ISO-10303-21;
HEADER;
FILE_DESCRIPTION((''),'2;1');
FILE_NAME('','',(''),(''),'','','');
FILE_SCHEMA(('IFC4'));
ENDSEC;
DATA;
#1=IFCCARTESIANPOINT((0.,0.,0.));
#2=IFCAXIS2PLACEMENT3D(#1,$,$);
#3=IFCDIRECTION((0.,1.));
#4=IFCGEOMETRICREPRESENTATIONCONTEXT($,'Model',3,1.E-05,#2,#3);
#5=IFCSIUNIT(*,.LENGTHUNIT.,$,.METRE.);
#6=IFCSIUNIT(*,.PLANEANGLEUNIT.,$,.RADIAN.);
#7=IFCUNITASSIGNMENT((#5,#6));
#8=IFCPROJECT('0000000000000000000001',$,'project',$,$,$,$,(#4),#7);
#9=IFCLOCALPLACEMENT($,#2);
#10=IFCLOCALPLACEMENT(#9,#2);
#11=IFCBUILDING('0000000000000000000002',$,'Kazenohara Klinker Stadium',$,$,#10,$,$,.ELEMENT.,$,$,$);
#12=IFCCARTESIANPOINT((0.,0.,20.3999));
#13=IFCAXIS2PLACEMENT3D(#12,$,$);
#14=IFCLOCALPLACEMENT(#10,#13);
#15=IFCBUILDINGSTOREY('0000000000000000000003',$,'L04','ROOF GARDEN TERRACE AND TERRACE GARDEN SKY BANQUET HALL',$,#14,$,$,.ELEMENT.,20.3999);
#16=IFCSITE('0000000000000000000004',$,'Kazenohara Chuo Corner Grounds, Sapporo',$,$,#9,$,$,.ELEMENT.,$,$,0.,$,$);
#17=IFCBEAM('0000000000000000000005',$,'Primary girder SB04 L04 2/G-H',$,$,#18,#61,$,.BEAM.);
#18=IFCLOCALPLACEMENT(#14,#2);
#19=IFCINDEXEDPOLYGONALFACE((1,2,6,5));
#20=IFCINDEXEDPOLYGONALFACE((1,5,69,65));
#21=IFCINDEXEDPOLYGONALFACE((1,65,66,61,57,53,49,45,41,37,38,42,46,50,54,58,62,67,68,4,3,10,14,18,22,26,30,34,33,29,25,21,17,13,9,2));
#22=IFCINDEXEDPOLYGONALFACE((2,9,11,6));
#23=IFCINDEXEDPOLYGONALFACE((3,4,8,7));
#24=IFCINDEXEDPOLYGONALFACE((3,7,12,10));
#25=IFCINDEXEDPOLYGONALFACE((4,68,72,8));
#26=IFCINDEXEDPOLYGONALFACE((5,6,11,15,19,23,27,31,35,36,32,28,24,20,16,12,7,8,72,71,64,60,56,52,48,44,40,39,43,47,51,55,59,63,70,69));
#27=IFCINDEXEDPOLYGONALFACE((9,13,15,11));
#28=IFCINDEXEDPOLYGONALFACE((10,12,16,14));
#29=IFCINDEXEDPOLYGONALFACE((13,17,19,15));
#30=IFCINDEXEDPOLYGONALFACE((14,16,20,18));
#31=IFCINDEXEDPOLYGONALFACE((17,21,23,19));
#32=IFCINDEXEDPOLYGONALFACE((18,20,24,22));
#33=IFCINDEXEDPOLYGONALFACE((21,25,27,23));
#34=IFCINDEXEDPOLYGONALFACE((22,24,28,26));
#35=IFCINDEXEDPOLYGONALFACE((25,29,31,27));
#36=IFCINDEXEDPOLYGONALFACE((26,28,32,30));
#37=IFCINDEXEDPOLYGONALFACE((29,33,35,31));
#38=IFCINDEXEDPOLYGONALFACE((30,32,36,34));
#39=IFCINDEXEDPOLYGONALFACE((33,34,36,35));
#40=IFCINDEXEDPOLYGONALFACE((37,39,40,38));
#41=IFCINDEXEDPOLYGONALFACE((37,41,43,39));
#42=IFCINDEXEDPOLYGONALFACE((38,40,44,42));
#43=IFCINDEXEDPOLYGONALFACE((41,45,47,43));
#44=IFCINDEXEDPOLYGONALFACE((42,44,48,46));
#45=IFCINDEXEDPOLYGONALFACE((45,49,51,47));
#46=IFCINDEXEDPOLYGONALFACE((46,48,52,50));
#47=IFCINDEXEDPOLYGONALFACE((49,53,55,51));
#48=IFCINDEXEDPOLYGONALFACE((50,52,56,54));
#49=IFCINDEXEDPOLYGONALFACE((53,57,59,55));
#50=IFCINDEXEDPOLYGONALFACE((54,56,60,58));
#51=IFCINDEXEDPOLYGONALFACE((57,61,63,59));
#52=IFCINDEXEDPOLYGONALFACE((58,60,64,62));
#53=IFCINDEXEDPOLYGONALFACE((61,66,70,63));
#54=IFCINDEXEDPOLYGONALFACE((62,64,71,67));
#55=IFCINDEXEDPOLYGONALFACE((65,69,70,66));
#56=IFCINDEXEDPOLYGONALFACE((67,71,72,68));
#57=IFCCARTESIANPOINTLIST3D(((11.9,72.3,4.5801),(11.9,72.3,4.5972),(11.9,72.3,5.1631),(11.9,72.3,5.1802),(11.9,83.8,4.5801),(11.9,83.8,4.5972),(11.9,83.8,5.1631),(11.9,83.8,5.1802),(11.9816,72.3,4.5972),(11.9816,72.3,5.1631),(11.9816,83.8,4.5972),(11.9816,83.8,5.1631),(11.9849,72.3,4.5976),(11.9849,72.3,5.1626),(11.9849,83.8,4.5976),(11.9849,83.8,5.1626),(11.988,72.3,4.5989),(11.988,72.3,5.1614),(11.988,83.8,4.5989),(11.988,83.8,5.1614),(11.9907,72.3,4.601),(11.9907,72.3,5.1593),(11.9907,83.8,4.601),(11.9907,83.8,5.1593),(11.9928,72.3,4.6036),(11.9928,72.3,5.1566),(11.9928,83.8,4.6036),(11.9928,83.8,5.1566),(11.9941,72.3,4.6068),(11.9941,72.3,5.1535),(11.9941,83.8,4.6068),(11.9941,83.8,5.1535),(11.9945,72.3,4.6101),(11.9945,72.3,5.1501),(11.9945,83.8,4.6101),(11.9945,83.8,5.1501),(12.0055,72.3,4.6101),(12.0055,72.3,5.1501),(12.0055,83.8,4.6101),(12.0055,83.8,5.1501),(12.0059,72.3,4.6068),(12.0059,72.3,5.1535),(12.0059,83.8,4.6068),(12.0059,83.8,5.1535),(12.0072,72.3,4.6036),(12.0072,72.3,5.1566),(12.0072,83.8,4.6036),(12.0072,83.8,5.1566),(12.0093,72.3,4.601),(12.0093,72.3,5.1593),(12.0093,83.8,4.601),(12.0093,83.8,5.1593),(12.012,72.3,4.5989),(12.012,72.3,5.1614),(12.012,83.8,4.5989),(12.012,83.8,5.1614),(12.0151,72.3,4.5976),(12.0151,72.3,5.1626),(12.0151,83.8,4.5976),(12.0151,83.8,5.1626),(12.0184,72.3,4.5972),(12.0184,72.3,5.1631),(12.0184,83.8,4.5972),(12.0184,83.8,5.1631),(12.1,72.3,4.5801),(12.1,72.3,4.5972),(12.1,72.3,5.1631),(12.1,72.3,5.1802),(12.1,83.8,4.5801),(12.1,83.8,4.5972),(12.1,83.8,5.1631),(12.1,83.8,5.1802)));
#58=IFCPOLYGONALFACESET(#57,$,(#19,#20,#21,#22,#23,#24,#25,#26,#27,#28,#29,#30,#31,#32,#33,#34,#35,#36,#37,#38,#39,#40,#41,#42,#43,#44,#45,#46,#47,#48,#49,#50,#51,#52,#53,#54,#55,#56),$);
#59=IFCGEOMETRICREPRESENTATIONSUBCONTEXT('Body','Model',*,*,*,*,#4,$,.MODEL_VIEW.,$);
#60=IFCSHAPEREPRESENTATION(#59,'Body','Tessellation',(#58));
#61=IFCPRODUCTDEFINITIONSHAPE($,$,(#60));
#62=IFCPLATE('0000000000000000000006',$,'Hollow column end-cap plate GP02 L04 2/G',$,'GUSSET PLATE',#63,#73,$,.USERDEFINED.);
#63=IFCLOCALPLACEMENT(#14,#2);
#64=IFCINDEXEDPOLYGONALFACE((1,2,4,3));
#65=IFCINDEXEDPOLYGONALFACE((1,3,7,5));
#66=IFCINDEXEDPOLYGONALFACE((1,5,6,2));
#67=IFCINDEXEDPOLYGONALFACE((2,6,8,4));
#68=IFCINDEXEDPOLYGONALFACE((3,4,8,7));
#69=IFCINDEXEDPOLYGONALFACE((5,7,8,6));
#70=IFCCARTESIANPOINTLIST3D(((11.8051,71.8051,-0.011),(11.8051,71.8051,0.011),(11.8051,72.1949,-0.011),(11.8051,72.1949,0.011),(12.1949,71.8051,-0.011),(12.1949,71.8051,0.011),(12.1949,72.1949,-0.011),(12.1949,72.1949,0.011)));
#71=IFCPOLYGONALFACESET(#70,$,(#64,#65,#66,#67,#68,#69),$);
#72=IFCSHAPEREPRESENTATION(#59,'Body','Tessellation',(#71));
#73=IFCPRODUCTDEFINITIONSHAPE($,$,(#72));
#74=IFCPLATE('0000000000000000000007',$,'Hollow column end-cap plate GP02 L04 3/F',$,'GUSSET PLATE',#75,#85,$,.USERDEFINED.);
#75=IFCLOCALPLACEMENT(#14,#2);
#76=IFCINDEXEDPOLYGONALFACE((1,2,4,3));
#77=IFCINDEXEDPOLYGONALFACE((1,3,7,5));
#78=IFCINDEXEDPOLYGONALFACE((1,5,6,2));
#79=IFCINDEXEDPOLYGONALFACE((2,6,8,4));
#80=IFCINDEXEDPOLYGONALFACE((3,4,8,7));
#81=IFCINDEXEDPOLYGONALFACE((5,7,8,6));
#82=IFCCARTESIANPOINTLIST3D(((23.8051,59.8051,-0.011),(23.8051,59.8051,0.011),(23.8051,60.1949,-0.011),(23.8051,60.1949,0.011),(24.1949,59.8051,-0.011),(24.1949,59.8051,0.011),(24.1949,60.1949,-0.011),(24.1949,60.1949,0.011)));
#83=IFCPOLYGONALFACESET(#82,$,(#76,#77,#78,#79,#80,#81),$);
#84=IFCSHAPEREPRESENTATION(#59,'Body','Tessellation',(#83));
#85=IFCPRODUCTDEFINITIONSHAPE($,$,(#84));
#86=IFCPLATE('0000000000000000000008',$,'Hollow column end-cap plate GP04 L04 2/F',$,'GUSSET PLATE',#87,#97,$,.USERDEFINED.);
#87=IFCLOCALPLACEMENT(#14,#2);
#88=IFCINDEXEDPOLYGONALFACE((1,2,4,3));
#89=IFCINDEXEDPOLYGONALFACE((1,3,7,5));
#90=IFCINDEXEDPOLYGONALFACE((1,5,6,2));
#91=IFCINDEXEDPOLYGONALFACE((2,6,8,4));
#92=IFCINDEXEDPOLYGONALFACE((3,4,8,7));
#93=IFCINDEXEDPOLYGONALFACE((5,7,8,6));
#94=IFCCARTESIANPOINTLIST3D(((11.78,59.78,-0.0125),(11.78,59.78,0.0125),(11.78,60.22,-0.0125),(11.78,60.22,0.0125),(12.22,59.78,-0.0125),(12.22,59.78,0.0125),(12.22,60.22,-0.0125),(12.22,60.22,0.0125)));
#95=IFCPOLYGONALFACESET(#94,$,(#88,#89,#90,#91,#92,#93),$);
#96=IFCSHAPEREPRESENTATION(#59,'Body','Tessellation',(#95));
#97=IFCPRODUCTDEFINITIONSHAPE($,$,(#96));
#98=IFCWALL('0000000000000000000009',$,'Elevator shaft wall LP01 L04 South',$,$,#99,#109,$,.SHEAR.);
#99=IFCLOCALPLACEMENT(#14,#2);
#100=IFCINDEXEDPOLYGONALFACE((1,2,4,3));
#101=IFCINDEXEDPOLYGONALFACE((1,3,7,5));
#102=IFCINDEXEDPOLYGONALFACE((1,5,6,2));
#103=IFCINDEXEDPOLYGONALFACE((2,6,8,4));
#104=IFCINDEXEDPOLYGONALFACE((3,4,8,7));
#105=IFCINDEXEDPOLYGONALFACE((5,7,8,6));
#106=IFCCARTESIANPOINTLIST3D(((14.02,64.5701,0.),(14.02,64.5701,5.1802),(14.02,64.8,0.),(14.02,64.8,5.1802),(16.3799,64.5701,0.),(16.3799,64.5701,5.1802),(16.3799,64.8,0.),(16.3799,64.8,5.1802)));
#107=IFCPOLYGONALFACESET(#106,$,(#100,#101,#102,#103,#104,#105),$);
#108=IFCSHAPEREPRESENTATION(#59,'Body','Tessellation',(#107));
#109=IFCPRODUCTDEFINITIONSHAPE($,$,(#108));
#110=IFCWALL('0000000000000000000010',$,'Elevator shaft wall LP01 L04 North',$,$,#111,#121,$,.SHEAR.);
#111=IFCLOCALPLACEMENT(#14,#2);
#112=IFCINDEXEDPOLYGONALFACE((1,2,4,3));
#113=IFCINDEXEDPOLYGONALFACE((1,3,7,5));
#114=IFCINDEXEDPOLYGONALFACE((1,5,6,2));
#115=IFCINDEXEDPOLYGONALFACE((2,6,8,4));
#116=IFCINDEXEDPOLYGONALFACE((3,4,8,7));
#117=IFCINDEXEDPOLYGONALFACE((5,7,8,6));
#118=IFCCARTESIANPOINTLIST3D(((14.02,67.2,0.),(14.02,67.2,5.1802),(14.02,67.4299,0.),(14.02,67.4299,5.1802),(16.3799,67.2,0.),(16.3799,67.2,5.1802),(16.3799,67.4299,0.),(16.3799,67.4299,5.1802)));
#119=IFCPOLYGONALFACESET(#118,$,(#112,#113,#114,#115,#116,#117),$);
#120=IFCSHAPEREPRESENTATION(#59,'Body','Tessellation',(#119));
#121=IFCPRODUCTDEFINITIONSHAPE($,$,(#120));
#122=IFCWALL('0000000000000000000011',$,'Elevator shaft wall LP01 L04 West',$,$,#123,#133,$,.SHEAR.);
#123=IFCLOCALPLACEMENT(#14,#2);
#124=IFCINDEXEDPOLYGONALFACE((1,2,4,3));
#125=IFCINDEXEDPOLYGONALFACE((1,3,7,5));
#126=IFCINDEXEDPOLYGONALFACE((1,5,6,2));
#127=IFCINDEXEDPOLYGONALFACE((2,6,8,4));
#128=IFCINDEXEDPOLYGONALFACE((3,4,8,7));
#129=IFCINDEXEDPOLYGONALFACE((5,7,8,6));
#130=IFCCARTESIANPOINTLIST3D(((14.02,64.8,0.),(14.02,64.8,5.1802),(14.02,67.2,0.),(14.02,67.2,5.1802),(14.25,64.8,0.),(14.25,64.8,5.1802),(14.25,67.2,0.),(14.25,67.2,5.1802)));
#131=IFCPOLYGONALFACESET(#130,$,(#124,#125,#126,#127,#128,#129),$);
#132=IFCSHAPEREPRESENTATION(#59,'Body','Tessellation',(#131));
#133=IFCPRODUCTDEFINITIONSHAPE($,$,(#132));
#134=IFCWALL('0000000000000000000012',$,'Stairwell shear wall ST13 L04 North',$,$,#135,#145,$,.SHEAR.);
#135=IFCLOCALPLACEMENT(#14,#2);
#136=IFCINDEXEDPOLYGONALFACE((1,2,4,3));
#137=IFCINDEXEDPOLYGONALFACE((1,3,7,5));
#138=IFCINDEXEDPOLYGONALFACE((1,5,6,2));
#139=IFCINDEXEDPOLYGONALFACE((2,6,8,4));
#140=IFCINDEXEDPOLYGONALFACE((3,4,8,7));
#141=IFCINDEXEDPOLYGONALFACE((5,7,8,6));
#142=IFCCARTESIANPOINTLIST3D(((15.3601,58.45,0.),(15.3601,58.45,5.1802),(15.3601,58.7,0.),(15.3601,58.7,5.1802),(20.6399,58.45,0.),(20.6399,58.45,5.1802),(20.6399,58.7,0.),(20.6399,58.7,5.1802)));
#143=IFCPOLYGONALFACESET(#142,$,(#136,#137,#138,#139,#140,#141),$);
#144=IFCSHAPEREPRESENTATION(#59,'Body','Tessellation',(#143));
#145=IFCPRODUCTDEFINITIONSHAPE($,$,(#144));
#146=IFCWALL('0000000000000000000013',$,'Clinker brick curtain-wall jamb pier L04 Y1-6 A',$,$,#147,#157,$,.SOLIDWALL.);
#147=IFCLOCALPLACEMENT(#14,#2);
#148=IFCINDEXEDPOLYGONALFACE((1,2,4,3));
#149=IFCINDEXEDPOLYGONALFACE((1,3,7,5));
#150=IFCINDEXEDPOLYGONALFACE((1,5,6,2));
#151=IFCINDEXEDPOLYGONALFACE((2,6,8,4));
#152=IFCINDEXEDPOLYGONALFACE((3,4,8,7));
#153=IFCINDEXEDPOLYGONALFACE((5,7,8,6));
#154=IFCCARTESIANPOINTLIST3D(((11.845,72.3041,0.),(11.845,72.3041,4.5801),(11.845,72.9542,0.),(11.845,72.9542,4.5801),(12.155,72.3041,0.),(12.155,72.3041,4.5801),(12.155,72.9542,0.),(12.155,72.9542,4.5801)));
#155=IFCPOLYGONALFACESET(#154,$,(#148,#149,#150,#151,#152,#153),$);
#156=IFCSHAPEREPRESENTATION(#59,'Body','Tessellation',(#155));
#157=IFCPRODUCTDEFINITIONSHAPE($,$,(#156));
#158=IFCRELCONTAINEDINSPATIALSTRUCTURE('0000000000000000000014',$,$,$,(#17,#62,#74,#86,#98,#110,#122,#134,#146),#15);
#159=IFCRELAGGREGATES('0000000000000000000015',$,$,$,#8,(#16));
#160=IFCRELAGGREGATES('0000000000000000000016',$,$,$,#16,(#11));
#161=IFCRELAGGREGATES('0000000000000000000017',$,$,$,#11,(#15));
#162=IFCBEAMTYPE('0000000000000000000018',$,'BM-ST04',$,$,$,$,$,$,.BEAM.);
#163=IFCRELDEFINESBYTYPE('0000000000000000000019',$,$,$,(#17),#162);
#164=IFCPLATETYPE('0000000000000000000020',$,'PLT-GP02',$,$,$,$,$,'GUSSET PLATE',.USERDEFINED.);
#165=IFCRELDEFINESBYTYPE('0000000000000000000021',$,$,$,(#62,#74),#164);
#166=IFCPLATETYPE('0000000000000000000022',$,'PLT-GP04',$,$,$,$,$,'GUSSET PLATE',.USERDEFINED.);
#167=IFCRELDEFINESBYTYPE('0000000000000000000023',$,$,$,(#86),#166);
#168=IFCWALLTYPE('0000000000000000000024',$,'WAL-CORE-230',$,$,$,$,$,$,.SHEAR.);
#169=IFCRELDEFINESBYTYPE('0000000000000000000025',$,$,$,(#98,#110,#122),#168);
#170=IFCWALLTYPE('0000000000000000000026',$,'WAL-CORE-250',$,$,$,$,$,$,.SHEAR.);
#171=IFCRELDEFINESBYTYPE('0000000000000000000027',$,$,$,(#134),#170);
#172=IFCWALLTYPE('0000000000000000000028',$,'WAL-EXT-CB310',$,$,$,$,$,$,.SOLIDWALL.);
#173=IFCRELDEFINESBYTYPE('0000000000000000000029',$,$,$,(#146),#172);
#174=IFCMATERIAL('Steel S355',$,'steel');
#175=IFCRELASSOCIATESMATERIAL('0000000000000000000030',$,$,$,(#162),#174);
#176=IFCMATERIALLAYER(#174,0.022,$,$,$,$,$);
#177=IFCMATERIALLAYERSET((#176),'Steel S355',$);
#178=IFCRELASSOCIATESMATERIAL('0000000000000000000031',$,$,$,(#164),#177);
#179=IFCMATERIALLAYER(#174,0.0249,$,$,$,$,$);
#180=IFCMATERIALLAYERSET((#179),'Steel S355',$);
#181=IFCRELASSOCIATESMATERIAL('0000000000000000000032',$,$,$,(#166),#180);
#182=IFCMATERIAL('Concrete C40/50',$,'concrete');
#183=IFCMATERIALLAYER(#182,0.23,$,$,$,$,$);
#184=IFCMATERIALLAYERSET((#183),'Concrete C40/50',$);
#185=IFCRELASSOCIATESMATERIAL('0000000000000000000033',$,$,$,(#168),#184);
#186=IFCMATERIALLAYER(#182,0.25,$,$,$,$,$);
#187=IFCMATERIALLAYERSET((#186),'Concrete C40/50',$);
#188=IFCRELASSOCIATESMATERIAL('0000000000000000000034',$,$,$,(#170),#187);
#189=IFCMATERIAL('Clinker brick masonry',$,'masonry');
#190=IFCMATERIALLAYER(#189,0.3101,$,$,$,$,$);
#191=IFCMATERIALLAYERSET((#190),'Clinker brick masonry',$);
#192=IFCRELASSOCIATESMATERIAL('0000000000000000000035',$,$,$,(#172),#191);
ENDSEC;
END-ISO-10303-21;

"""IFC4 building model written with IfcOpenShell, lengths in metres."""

from ifc_helpers import new_model, si_unit, direction, frame, frame_2d, origin, origin_2d, place, context, subcontext, project, spatial, rectangle, i_section, extrude, material, layer, layer_set, material_profile, profile_set, type_object, element, save


model = new_model("IFC4")

# Units and contexts
model_context = context("Model", 3, precision=1e-05, world=origin(), true_north=direction((0.0, 1.0)))
body_context = subcontext(model_context, "Body", "Model", "MODEL_VIEW")
ifc_project = project(units=[si_unit("LENGTHUNIT", "METRE"), si_unit("PLANEANGLEUNIT", "RADIAN")], contexts=[model_context])

# Site, building, storey
site_placement = place(None, origin())
site = spatial("IfcSite", under=ifc_project, at=site_placement, Name="Kazenohara Chuo Corner Grounds, Sapporo", CompositionType="ELEMENT", RefElevation=0.0)
building_placement = place(site_placement, origin())
building = spatial("IfcBuilding", under=site, at=building_placement, Name="Kazenohara Klinker Stadium", CompositionType="ELEMENT")
storey_placement = place(building_placement, frame((0.0, 0.0, 20.3999)))
storey = spatial("IfcBuildingStorey", under=building, at=storey_placement, Name="L04", Description="ROOF GARDEN TERRACE AND TERRACE GARDEN SKY BANQUET HALL", CompositionType="ELEMENT", Elevation=20.3999)

# Shared definitions
ifc_material_1 = material(Name="Concrete C40/50", Category="concrete")

# Beam
ifc_material_2 = material(Name="Steel S355", Category="steel")
ifc_material_profile_1 = material_profile(ifc_material_2, i_section(OverallWidth=0.2, OverallDepth=0.6001, WebThickness=0.011, FlangeThickness=0.0171, FilletRadius=0.0129, at=origin_2d()), Name="H-600x200x11x17")
ifc_profile_set_1 = profile_set([ifc_material_profile_1], Name="Steel S355")
beam_type_1 = type_object("IfcBeamType", Name="BM-ST04", PredefinedType="BEAM", material=ifc_profile_set_1)
for number, where, z_axis, x_axis, name in (
    (1, (12.0, 72.3, 4.8801), (0.0, 1.0, 0.0), (-1.0, 0.0, 0.0), "Primary girder SB04 L04 2/G-H"),
):
    element("IfcBeam", number, at=place(storey_placement, frame(where, z_axis=z_axis, x_axis=x_axis)), inside=storey, type_object=beam_type_1, Name=name, PredefinedType="BEAM", context=body_context, shape_type="SweptSolid", body=[
        extrude(i_section(OverallWidth=0.2, OverallDepth=0.6001, WebThickness=0.011, FlangeThickness=0.0171, FilletRadius=0.0129, at=origin_2d()), origin(), (0.0, 0.0, 1.0), 11.5),
    ])

# Plates
ifc_layer_1 = layer(ifc_material_2, 0.022)
ifc_layer_set_1 = layer_set([ifc_layer_1], Name="Steel S355")
plate_type_1 = type_object("IfcPlateType", Name="PLT-GP02", ElementType="GUSSET PLATE", PredefinedType="USERDEFINED", material=ifc_layer_set_1)
for number, where, z_axis, x_axis, name in (
    (2, (12.0, 72.0, -0.011), (0.0, 0.0, 1.0), (1.0, 0.0, 0.0), "Hollow column end-cap plate GP02 L04 2/G"),
    (3, (24.0, 60.0, -0.011), (0.0, 0.0, 1.0), (1.0, 0.0, 0.0), "Hollow column end-cap plate GP02 L04 3/F"),
):
    element("IfcPlate", number, at=place(storey_placement, frame(where, z_axis=z_axis, x_axis=x_axis)), inside=storey, type_object=plate_type_1, Name=name, ObjectType="GUSSET PLATE", PredefinedType="USERDEFINED", context=body_context, shape_type="SweptSolid", body=[
        extrude(rectangle(XDim=0.3899, YDim=0.3899, at=origin_2d()), origin(), (0.0, 0.0, 1.0), 0.022),
    ])
ifc_layer_2 = layer(ifc_material_2, 0.0249)
ifc_layer_set_2 = layer_set([ifc_layer_2], Name="Steel S355")
plate_type_2 = type_object("IfcPlateType", Name="PLT-GP04", ElementType="GUSSET PLATE", PredefinedType="USERDEFINED", material=ifc_layer_set_2)
plate_placement = place(storey_placement, frame((12.0, 60.0, -0.0125), z_axis=(0.0, 0.0, 1.0), x_axis=(1.0, 0.0, 0.0)))
element("IfcPlate", 4, at=plate_placement, inside=storey, type_object=plate_type_2, Name="Hollow column end-cap plate GP04 L04 2/F", ObjectType="GUSSET PLATE", PredefinedType="USERDEFINED", context=body_context, shape_type="SweptSolid", body=[
    extrude(rectangle(XDim=0.4399, YDim=0.4399, at=origin_2d()), origin(), (0.0, 0.0, 1.0), 0.0249),
])

# Walls
ifc_layer_3 = layer(ifc_material_1, 0.23)
ifc_layer_set_3 = layer_set([ifc_layer_3], Name="Concrete C40/50")
wall_type_1 = type_object("IfcWallType", Name="WAL-CORE-230", PredefinedType="SHEAR", material=ifc_layer_set_3)
for number, where, z_axis, x_axis, name in (
    (5, (14.02, 64.6851, 0.0), (0.0, 0.0, 1.0), (1.0, 0.0, 0.0), "Elevator shaft wall LP01 L04 South"),
    (6, (14.02, 67.3149, 0.0), (0.0, 0.0, 1.0), (1.0, 0.0, 0.0), "Elevator shaft wall LP01 L04 North"),
):
    element("IfcWall", number, at=place(storey_placement, frame(where, z_axis=z_axis, x_axis=x_axis)), inside=storey, type_object=wall_type_1, Name=name, PredefinedType="SHEAR", context=body_context, shape_type="SweptSolid", body=[
        extrude(rectangle(XDim=2.3599, YDim=0.23, at=frame_2d((1.1799, 0.0))), origin(), (0.0, 0.0, 1.0), 5.1802),
    ])
wall_1_placement = place(storey_placement, frame((14.135, 64.8, 0.0), z_axis=(0.0, 0.0, 1.0), x_axis=(0.0, 1.0, 0.0)))
element("IfcWall", 7, at=wall_1_placement, inside=storey, type_object=wall_type_1, Name="Elevator shaft wall LP01 L04 West", PredefinedType="SHEAR", context=body_context, shape_type="SweptSolid", body=[
    extrude(rectangle(XDim=2.3999, YDim=0.23, at=frame_2d((1.2, 0.0))), origin(), (0.0, 0.0, 1.0), 5.1802),
])

# Walls
ifc_layer_4 = layer(ifc_material_1, 0.25)
ifc_layer_set_4 = layer_set([ifc_layer_4], Name="Concrete C40/50")
wall_type_2 = type_object("IfcWallType", Name="WAL-CORE-250", PredefinedType="SHEAR", material=ifc_layer_set_4)
wall_2_placement = place(storey_placement, frame((15.3601, 58.575, 0.0), z_axis=(0.0, 0.0, 1.0), x_axis=(1.0, 0.0, 0.0)))
element("IfcWall", 8, at=wall_2_placement, inside=storey, type_object=wall_type_2, Name="Stairwell shear wall ST13 L04 North", PredefinedType="SHEAR", context=body_context, shape_type="SweptSolid", body=[
    extrude(rectangle(XDim=5.2798, YDim=0.25, at=frame_2d((2.6399, 0.0))), origin(), (0.0, 0.0, 1.0), 5.1802),
])
ifc_material_3 = material(Name="Clinker brick masonry", Category="masonry")
ifc_layer_5 = layer(ifc_material_3, 0.3101)
ifc_layer_set_5 = layer_set([ifc_layer_5], Name="Clinker brick masonry")
wall_type_3 = type_object("IfcWallType", Name="WAL-EXT-CB310", PredefinedType="SOLIDWALL", material=ifc_layer_set_5)
wall_3_placement = place(storey_placement, frame((12.0, 72.304, 0.0), z_axis=(0.0, 0.0, 1.0), x_axis=(0.0, 1.0, 0.0)))
element("IfcWall", 9, at=wall_3_placement, inside=storey, type_object=wall_type_3, Name="Clinker brick curtain-wall jamb pier L04 Y1-6 A", PredefinedType="SOLIDWALL", context=body_context, shape_type="SweptSolid", body=[
    extrude(rectangle(XDim=0.6501, YDim=0.3101, at=frame_2d((0.3252, 0.0))), origin(), (0.0, 0.0, 1.0), 4.5801),
])

save(model, "model.ifc")
